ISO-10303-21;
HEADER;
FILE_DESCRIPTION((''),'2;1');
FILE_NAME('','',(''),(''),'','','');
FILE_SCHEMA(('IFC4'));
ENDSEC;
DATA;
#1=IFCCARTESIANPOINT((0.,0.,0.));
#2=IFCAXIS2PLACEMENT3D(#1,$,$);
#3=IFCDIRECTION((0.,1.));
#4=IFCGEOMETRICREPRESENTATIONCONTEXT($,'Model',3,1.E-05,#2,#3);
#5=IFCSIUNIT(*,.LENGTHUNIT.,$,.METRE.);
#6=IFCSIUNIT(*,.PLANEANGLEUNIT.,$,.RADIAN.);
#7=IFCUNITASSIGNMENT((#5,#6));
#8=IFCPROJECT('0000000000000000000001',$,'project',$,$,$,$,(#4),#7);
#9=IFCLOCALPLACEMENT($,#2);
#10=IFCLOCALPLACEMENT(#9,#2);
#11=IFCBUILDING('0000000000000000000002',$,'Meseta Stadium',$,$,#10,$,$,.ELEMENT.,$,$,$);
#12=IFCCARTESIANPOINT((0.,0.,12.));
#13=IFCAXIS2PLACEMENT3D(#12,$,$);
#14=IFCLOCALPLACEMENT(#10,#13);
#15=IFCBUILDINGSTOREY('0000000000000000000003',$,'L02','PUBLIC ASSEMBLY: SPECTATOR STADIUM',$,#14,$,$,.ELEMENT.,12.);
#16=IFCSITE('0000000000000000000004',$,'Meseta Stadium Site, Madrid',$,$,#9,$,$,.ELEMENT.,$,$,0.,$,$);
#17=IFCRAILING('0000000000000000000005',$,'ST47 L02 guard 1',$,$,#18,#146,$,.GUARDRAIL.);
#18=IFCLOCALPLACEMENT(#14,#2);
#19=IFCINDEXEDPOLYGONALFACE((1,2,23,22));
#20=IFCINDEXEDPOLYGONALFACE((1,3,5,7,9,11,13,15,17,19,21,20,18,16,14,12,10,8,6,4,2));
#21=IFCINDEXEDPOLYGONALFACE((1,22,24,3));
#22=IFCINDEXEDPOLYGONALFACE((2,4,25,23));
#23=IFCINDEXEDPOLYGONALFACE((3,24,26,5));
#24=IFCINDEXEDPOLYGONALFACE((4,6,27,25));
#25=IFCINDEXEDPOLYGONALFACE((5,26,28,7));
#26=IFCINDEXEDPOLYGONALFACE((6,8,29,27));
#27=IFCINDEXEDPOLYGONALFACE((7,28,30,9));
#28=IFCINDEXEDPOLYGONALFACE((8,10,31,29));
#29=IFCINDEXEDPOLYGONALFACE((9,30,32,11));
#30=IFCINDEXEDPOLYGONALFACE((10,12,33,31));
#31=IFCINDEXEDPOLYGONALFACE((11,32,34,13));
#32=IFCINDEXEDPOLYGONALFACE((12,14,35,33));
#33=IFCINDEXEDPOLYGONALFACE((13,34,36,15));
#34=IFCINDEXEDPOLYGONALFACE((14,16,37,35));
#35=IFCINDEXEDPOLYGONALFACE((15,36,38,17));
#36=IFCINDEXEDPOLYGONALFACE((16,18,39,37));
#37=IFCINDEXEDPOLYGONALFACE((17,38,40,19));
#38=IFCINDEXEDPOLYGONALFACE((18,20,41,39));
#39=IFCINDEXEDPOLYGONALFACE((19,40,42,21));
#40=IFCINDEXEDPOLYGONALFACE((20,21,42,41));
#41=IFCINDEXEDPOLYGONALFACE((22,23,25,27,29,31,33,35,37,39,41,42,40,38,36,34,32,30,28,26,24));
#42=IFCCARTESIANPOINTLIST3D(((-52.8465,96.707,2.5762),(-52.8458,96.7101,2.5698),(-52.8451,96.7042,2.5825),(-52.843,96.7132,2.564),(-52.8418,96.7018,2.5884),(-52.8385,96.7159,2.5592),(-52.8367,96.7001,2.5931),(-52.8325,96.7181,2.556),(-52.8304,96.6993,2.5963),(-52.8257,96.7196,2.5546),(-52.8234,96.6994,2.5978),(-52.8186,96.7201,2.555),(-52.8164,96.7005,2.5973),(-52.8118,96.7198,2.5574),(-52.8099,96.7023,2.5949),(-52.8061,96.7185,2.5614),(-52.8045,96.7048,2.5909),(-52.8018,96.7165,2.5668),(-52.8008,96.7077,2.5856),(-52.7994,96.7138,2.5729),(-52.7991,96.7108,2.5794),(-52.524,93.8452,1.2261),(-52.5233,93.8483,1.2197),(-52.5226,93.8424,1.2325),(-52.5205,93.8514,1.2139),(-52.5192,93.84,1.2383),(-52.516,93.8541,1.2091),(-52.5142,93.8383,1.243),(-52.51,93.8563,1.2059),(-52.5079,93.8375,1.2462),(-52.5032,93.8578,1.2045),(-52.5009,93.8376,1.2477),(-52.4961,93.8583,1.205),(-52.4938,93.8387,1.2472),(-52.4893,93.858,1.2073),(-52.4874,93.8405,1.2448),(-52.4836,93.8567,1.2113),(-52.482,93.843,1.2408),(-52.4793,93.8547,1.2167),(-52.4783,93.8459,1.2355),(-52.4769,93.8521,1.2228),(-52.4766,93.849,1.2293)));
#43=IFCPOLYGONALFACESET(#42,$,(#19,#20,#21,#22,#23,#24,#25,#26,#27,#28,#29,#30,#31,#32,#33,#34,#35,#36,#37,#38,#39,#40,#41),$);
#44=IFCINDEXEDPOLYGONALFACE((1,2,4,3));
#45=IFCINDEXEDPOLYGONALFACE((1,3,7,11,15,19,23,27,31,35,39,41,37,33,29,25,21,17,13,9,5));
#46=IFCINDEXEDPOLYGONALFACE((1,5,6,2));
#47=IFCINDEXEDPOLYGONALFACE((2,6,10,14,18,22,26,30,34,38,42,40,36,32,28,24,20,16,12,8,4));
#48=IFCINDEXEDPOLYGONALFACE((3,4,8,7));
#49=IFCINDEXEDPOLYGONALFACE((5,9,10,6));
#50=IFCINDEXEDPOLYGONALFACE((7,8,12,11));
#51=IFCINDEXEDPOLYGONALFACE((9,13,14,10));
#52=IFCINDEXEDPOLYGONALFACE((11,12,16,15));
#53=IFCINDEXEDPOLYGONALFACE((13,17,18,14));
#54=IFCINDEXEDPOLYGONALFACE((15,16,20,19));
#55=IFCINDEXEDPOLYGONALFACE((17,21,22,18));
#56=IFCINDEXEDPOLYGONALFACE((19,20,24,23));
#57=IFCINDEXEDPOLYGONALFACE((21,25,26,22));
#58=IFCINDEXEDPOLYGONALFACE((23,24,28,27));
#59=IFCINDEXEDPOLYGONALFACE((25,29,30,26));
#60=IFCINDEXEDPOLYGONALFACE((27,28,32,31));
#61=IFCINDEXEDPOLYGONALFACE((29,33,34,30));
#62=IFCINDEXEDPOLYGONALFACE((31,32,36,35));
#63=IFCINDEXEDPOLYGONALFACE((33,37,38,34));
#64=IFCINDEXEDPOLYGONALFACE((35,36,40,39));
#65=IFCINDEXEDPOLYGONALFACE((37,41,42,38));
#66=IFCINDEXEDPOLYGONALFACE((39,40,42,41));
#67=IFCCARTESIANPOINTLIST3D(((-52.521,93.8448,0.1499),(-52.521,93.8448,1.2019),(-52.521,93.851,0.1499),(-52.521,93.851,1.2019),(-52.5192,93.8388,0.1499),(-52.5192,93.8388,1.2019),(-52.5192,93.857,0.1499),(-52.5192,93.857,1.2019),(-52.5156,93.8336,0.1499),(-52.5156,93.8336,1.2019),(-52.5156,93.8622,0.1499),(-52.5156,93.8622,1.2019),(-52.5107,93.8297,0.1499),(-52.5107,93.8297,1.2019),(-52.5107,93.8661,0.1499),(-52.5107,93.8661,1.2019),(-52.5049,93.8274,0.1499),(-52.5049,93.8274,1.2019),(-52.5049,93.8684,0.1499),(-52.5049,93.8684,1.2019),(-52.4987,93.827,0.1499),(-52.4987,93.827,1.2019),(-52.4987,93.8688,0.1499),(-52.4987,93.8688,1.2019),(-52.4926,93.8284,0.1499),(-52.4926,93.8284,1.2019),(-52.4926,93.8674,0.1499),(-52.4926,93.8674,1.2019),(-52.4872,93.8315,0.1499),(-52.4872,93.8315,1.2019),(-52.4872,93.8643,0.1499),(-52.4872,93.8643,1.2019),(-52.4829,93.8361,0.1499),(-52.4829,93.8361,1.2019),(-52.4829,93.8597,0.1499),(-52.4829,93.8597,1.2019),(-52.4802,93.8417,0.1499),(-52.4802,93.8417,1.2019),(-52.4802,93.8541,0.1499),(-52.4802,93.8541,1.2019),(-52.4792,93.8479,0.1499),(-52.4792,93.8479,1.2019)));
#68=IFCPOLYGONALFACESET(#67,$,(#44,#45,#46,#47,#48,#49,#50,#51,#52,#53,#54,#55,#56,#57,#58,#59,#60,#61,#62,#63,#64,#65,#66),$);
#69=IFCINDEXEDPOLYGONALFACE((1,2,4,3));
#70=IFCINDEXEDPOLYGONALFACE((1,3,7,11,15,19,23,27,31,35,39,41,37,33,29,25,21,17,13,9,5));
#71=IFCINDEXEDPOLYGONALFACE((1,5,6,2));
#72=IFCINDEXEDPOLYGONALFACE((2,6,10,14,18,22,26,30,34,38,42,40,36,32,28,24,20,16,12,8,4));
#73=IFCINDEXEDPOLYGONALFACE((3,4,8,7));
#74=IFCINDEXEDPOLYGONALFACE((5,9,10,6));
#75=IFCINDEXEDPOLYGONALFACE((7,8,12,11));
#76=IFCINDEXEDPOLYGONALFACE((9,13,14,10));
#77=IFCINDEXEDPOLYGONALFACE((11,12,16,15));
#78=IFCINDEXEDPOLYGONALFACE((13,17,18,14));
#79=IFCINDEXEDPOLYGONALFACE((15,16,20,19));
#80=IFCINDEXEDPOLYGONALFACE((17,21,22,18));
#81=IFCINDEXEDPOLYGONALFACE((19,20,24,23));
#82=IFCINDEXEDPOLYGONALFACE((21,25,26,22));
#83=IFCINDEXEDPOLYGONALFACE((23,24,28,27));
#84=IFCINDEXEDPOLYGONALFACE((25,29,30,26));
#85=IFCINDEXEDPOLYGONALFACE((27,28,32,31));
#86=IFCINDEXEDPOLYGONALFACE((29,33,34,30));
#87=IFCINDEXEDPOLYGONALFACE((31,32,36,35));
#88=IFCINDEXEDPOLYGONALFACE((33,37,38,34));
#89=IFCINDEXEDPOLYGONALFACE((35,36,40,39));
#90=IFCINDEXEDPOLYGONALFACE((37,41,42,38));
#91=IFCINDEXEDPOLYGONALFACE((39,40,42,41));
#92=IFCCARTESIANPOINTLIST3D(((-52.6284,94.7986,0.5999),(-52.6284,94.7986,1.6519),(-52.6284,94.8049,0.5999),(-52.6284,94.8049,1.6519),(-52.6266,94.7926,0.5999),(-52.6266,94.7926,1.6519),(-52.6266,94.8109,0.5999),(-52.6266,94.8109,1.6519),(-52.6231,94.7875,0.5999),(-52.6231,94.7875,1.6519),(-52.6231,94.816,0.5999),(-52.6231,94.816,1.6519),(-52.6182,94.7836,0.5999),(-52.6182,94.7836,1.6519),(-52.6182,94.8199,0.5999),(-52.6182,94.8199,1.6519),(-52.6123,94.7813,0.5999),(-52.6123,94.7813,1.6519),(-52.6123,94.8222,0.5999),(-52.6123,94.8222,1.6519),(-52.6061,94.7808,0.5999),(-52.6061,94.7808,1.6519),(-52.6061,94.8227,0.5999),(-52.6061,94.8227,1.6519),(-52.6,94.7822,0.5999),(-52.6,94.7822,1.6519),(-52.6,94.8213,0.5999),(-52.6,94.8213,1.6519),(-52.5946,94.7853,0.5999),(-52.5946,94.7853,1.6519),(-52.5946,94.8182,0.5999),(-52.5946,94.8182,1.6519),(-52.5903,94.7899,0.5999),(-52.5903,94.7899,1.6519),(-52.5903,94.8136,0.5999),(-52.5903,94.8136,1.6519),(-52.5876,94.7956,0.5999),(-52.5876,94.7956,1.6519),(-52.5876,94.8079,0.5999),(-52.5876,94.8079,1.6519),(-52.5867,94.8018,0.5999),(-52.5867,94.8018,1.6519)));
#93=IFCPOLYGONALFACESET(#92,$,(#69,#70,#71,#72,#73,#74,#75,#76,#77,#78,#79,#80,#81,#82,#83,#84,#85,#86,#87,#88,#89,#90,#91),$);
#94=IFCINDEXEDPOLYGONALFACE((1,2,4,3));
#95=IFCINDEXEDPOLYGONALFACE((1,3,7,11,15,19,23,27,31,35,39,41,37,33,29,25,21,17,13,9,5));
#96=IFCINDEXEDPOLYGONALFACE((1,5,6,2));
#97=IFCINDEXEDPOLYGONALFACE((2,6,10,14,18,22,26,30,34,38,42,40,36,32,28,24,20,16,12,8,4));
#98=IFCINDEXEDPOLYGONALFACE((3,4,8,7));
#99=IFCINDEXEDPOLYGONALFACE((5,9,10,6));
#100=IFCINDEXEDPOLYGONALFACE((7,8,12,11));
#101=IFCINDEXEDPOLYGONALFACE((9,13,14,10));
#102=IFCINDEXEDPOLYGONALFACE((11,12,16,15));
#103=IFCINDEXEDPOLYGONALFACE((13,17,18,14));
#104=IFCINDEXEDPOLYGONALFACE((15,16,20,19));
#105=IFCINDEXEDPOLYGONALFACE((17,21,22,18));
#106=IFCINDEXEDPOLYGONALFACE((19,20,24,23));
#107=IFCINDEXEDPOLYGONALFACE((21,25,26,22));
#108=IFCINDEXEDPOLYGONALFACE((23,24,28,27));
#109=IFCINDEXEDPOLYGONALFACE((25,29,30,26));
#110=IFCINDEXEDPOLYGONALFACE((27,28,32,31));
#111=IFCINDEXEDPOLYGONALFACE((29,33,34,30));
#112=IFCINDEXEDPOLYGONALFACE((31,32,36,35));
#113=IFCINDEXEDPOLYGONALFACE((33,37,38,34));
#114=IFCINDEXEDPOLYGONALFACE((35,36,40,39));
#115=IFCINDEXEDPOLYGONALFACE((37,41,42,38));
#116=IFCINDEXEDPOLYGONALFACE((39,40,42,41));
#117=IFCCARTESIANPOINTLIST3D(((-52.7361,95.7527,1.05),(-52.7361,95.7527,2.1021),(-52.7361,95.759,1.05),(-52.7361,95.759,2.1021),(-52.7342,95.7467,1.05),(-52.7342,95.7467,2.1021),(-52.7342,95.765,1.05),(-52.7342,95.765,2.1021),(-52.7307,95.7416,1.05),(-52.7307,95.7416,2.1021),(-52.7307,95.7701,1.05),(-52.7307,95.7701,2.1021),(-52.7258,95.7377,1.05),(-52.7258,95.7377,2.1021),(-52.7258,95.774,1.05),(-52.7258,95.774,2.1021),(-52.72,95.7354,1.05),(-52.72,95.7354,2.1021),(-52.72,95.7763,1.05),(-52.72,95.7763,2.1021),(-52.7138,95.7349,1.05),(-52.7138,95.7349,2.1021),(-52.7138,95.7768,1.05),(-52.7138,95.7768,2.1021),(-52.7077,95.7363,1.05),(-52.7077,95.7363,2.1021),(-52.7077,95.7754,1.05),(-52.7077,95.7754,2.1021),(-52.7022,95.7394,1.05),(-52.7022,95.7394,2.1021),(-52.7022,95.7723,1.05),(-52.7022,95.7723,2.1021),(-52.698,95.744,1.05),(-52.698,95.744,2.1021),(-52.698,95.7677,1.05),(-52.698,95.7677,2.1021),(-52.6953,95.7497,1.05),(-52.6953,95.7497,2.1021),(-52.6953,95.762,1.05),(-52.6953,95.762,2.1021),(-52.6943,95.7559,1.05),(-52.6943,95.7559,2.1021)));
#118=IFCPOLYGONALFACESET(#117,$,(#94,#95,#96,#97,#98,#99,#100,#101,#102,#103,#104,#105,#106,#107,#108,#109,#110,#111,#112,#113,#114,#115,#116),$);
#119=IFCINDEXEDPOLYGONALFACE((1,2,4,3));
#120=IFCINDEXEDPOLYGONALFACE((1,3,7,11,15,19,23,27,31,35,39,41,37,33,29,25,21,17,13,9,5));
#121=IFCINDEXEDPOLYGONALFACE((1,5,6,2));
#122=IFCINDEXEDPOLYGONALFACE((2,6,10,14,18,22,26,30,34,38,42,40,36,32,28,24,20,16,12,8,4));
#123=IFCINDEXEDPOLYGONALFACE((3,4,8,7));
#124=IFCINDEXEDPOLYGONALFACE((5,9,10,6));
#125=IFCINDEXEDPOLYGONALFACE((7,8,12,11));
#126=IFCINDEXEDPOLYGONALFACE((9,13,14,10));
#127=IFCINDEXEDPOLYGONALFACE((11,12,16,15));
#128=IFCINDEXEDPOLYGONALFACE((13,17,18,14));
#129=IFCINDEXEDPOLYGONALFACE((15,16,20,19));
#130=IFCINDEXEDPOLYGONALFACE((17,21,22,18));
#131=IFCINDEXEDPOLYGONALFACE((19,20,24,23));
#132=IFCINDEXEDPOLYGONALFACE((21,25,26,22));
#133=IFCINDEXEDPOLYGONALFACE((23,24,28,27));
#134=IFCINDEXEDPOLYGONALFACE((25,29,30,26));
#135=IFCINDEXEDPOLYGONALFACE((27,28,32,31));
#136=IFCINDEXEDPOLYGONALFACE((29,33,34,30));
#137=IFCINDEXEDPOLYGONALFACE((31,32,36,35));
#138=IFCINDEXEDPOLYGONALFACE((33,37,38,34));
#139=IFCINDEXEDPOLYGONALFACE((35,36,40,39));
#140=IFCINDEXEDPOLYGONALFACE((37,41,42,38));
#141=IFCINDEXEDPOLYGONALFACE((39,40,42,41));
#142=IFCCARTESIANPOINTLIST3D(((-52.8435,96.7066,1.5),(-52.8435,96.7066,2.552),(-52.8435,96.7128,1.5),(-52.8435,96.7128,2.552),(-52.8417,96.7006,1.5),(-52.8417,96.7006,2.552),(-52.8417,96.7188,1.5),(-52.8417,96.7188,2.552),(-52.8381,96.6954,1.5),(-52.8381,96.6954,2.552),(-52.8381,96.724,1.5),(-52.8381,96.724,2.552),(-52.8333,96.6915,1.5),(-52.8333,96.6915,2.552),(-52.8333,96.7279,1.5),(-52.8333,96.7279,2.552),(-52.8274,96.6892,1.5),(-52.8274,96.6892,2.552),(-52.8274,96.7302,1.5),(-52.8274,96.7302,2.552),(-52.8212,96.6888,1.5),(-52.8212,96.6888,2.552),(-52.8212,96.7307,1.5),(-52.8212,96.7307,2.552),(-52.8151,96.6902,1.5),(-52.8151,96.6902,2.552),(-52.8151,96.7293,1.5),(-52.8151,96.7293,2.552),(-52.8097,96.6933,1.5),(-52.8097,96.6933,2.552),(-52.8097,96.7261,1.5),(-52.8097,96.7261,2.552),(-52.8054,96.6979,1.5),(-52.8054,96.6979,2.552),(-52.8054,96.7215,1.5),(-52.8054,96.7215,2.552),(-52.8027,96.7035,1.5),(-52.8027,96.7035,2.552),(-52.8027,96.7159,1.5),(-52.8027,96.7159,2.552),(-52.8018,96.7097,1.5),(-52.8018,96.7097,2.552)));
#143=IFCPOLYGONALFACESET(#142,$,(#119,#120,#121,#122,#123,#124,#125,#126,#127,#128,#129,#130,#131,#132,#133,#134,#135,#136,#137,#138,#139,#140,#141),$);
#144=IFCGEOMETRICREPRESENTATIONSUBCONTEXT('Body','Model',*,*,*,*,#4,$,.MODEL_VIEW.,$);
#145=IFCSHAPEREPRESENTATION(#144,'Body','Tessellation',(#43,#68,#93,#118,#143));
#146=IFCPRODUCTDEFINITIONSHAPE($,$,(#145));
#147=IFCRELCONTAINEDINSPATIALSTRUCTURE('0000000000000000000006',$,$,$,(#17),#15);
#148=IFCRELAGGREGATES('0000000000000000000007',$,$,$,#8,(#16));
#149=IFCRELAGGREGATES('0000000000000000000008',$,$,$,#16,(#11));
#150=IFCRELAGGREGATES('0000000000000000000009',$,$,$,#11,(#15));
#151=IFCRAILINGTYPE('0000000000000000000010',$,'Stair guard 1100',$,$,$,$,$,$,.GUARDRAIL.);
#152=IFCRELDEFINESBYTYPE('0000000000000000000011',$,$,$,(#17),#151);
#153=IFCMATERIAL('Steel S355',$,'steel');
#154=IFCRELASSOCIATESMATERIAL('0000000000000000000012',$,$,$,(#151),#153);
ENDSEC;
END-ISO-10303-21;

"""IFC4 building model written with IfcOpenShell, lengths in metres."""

from ifc_helpers import new_model, si_unit, direction, frame, origin, origin_2d, place, context, subcontext, project, spatial, circle, extrude, material, type_object, element, save


model = new_model("IFC4")

# Units and contexts
model_context = context("Model", 3, precision=1e-05, world=origin(), true_north=direction((0.0, 1.0)))
body_context = subcontext(model_context, "Body", "Model", "MODEL_VIEW")
ifc_project = project(units=[si_unit("LENGTHUNIT", "METRE"), si_unit("PLANEANGLEUNIT", "RADIAN")], contexts=[model_context])

# Site, building, storey
site_placement = place(None, origin())
site = spatial("IfcSite", under=ifc_project, at=site_placement, Name="Meseta Stadium Site, Madrid", CompositionType="ELEMENT", RefElevation=0.0)
building_placement = place(site_placement, origin())
building = spatial("IfcBuilding", under=site, at=building_placement, Name="Meseta Stadium", CompositionType="ELEMENT")
storey_placement = place(building_placement, frame((0.0, 0.0, 12.0)))
storey = spatial("IfcBuildingStorey", under=building, at=storey_placement, Name="L02", Description="PUBLIC ASSEMBLY: SPECTATOR STADIUM", CompositionType="ELEMENT", Elevation=12.0)

# Railing
ifc_material_1 = material(Name="Steel S355", Category="steel")
railing_type = type_object("IfcRailingType", Name="Stair guard 1100", PredefinedType="GUARDRAIL", material=ifc_material_1)
railing_placement = place(storey_placement, frame((-52.5002, 93.8479, 0.1499)))
element("IfcRailing", 1, at=railing_placement, inside=storey, type_object=railing_type, Name="ST47 L02 guard 1", PredefinedType="GUARDRAIL", context=body_context, shape_type="SweptSolid", body=[
    extrude(circle(Radius=0.0239, at=origin_2d()), frame((0.0, 0.0, 1.0762), z_axis=(-0.101396, 0.899748, 0.424467), x_axis=(-0.99371, -0.111985, 0.0)), (0.0, 0.0, 1.0), 3.1807),
    extrude(circle(Radius=0.021, at=origin_2d()), origin(), (0.0, 0.0, 1.0), 1.052),
    extrude(circle(Radius=0.021, at=origin_2d()), frame((-0.1074, 0.9539, 0.45)), (0.0, 0.0, 1.0), 1.052),
    extrude(circle(Radius=0.021, at=origin_2d()), frame((-0.2151, 1.908, 0.9001)), (0.0, 0.0, 1.0), 1.052),
    extrude(circle(Radius=0.021, at=origin_2d()), frame((-0.3225, 2.8618, 1.3501)), (0.0, 0.0, 1.0), 1.052),
])

save(model, "model.ifc")
